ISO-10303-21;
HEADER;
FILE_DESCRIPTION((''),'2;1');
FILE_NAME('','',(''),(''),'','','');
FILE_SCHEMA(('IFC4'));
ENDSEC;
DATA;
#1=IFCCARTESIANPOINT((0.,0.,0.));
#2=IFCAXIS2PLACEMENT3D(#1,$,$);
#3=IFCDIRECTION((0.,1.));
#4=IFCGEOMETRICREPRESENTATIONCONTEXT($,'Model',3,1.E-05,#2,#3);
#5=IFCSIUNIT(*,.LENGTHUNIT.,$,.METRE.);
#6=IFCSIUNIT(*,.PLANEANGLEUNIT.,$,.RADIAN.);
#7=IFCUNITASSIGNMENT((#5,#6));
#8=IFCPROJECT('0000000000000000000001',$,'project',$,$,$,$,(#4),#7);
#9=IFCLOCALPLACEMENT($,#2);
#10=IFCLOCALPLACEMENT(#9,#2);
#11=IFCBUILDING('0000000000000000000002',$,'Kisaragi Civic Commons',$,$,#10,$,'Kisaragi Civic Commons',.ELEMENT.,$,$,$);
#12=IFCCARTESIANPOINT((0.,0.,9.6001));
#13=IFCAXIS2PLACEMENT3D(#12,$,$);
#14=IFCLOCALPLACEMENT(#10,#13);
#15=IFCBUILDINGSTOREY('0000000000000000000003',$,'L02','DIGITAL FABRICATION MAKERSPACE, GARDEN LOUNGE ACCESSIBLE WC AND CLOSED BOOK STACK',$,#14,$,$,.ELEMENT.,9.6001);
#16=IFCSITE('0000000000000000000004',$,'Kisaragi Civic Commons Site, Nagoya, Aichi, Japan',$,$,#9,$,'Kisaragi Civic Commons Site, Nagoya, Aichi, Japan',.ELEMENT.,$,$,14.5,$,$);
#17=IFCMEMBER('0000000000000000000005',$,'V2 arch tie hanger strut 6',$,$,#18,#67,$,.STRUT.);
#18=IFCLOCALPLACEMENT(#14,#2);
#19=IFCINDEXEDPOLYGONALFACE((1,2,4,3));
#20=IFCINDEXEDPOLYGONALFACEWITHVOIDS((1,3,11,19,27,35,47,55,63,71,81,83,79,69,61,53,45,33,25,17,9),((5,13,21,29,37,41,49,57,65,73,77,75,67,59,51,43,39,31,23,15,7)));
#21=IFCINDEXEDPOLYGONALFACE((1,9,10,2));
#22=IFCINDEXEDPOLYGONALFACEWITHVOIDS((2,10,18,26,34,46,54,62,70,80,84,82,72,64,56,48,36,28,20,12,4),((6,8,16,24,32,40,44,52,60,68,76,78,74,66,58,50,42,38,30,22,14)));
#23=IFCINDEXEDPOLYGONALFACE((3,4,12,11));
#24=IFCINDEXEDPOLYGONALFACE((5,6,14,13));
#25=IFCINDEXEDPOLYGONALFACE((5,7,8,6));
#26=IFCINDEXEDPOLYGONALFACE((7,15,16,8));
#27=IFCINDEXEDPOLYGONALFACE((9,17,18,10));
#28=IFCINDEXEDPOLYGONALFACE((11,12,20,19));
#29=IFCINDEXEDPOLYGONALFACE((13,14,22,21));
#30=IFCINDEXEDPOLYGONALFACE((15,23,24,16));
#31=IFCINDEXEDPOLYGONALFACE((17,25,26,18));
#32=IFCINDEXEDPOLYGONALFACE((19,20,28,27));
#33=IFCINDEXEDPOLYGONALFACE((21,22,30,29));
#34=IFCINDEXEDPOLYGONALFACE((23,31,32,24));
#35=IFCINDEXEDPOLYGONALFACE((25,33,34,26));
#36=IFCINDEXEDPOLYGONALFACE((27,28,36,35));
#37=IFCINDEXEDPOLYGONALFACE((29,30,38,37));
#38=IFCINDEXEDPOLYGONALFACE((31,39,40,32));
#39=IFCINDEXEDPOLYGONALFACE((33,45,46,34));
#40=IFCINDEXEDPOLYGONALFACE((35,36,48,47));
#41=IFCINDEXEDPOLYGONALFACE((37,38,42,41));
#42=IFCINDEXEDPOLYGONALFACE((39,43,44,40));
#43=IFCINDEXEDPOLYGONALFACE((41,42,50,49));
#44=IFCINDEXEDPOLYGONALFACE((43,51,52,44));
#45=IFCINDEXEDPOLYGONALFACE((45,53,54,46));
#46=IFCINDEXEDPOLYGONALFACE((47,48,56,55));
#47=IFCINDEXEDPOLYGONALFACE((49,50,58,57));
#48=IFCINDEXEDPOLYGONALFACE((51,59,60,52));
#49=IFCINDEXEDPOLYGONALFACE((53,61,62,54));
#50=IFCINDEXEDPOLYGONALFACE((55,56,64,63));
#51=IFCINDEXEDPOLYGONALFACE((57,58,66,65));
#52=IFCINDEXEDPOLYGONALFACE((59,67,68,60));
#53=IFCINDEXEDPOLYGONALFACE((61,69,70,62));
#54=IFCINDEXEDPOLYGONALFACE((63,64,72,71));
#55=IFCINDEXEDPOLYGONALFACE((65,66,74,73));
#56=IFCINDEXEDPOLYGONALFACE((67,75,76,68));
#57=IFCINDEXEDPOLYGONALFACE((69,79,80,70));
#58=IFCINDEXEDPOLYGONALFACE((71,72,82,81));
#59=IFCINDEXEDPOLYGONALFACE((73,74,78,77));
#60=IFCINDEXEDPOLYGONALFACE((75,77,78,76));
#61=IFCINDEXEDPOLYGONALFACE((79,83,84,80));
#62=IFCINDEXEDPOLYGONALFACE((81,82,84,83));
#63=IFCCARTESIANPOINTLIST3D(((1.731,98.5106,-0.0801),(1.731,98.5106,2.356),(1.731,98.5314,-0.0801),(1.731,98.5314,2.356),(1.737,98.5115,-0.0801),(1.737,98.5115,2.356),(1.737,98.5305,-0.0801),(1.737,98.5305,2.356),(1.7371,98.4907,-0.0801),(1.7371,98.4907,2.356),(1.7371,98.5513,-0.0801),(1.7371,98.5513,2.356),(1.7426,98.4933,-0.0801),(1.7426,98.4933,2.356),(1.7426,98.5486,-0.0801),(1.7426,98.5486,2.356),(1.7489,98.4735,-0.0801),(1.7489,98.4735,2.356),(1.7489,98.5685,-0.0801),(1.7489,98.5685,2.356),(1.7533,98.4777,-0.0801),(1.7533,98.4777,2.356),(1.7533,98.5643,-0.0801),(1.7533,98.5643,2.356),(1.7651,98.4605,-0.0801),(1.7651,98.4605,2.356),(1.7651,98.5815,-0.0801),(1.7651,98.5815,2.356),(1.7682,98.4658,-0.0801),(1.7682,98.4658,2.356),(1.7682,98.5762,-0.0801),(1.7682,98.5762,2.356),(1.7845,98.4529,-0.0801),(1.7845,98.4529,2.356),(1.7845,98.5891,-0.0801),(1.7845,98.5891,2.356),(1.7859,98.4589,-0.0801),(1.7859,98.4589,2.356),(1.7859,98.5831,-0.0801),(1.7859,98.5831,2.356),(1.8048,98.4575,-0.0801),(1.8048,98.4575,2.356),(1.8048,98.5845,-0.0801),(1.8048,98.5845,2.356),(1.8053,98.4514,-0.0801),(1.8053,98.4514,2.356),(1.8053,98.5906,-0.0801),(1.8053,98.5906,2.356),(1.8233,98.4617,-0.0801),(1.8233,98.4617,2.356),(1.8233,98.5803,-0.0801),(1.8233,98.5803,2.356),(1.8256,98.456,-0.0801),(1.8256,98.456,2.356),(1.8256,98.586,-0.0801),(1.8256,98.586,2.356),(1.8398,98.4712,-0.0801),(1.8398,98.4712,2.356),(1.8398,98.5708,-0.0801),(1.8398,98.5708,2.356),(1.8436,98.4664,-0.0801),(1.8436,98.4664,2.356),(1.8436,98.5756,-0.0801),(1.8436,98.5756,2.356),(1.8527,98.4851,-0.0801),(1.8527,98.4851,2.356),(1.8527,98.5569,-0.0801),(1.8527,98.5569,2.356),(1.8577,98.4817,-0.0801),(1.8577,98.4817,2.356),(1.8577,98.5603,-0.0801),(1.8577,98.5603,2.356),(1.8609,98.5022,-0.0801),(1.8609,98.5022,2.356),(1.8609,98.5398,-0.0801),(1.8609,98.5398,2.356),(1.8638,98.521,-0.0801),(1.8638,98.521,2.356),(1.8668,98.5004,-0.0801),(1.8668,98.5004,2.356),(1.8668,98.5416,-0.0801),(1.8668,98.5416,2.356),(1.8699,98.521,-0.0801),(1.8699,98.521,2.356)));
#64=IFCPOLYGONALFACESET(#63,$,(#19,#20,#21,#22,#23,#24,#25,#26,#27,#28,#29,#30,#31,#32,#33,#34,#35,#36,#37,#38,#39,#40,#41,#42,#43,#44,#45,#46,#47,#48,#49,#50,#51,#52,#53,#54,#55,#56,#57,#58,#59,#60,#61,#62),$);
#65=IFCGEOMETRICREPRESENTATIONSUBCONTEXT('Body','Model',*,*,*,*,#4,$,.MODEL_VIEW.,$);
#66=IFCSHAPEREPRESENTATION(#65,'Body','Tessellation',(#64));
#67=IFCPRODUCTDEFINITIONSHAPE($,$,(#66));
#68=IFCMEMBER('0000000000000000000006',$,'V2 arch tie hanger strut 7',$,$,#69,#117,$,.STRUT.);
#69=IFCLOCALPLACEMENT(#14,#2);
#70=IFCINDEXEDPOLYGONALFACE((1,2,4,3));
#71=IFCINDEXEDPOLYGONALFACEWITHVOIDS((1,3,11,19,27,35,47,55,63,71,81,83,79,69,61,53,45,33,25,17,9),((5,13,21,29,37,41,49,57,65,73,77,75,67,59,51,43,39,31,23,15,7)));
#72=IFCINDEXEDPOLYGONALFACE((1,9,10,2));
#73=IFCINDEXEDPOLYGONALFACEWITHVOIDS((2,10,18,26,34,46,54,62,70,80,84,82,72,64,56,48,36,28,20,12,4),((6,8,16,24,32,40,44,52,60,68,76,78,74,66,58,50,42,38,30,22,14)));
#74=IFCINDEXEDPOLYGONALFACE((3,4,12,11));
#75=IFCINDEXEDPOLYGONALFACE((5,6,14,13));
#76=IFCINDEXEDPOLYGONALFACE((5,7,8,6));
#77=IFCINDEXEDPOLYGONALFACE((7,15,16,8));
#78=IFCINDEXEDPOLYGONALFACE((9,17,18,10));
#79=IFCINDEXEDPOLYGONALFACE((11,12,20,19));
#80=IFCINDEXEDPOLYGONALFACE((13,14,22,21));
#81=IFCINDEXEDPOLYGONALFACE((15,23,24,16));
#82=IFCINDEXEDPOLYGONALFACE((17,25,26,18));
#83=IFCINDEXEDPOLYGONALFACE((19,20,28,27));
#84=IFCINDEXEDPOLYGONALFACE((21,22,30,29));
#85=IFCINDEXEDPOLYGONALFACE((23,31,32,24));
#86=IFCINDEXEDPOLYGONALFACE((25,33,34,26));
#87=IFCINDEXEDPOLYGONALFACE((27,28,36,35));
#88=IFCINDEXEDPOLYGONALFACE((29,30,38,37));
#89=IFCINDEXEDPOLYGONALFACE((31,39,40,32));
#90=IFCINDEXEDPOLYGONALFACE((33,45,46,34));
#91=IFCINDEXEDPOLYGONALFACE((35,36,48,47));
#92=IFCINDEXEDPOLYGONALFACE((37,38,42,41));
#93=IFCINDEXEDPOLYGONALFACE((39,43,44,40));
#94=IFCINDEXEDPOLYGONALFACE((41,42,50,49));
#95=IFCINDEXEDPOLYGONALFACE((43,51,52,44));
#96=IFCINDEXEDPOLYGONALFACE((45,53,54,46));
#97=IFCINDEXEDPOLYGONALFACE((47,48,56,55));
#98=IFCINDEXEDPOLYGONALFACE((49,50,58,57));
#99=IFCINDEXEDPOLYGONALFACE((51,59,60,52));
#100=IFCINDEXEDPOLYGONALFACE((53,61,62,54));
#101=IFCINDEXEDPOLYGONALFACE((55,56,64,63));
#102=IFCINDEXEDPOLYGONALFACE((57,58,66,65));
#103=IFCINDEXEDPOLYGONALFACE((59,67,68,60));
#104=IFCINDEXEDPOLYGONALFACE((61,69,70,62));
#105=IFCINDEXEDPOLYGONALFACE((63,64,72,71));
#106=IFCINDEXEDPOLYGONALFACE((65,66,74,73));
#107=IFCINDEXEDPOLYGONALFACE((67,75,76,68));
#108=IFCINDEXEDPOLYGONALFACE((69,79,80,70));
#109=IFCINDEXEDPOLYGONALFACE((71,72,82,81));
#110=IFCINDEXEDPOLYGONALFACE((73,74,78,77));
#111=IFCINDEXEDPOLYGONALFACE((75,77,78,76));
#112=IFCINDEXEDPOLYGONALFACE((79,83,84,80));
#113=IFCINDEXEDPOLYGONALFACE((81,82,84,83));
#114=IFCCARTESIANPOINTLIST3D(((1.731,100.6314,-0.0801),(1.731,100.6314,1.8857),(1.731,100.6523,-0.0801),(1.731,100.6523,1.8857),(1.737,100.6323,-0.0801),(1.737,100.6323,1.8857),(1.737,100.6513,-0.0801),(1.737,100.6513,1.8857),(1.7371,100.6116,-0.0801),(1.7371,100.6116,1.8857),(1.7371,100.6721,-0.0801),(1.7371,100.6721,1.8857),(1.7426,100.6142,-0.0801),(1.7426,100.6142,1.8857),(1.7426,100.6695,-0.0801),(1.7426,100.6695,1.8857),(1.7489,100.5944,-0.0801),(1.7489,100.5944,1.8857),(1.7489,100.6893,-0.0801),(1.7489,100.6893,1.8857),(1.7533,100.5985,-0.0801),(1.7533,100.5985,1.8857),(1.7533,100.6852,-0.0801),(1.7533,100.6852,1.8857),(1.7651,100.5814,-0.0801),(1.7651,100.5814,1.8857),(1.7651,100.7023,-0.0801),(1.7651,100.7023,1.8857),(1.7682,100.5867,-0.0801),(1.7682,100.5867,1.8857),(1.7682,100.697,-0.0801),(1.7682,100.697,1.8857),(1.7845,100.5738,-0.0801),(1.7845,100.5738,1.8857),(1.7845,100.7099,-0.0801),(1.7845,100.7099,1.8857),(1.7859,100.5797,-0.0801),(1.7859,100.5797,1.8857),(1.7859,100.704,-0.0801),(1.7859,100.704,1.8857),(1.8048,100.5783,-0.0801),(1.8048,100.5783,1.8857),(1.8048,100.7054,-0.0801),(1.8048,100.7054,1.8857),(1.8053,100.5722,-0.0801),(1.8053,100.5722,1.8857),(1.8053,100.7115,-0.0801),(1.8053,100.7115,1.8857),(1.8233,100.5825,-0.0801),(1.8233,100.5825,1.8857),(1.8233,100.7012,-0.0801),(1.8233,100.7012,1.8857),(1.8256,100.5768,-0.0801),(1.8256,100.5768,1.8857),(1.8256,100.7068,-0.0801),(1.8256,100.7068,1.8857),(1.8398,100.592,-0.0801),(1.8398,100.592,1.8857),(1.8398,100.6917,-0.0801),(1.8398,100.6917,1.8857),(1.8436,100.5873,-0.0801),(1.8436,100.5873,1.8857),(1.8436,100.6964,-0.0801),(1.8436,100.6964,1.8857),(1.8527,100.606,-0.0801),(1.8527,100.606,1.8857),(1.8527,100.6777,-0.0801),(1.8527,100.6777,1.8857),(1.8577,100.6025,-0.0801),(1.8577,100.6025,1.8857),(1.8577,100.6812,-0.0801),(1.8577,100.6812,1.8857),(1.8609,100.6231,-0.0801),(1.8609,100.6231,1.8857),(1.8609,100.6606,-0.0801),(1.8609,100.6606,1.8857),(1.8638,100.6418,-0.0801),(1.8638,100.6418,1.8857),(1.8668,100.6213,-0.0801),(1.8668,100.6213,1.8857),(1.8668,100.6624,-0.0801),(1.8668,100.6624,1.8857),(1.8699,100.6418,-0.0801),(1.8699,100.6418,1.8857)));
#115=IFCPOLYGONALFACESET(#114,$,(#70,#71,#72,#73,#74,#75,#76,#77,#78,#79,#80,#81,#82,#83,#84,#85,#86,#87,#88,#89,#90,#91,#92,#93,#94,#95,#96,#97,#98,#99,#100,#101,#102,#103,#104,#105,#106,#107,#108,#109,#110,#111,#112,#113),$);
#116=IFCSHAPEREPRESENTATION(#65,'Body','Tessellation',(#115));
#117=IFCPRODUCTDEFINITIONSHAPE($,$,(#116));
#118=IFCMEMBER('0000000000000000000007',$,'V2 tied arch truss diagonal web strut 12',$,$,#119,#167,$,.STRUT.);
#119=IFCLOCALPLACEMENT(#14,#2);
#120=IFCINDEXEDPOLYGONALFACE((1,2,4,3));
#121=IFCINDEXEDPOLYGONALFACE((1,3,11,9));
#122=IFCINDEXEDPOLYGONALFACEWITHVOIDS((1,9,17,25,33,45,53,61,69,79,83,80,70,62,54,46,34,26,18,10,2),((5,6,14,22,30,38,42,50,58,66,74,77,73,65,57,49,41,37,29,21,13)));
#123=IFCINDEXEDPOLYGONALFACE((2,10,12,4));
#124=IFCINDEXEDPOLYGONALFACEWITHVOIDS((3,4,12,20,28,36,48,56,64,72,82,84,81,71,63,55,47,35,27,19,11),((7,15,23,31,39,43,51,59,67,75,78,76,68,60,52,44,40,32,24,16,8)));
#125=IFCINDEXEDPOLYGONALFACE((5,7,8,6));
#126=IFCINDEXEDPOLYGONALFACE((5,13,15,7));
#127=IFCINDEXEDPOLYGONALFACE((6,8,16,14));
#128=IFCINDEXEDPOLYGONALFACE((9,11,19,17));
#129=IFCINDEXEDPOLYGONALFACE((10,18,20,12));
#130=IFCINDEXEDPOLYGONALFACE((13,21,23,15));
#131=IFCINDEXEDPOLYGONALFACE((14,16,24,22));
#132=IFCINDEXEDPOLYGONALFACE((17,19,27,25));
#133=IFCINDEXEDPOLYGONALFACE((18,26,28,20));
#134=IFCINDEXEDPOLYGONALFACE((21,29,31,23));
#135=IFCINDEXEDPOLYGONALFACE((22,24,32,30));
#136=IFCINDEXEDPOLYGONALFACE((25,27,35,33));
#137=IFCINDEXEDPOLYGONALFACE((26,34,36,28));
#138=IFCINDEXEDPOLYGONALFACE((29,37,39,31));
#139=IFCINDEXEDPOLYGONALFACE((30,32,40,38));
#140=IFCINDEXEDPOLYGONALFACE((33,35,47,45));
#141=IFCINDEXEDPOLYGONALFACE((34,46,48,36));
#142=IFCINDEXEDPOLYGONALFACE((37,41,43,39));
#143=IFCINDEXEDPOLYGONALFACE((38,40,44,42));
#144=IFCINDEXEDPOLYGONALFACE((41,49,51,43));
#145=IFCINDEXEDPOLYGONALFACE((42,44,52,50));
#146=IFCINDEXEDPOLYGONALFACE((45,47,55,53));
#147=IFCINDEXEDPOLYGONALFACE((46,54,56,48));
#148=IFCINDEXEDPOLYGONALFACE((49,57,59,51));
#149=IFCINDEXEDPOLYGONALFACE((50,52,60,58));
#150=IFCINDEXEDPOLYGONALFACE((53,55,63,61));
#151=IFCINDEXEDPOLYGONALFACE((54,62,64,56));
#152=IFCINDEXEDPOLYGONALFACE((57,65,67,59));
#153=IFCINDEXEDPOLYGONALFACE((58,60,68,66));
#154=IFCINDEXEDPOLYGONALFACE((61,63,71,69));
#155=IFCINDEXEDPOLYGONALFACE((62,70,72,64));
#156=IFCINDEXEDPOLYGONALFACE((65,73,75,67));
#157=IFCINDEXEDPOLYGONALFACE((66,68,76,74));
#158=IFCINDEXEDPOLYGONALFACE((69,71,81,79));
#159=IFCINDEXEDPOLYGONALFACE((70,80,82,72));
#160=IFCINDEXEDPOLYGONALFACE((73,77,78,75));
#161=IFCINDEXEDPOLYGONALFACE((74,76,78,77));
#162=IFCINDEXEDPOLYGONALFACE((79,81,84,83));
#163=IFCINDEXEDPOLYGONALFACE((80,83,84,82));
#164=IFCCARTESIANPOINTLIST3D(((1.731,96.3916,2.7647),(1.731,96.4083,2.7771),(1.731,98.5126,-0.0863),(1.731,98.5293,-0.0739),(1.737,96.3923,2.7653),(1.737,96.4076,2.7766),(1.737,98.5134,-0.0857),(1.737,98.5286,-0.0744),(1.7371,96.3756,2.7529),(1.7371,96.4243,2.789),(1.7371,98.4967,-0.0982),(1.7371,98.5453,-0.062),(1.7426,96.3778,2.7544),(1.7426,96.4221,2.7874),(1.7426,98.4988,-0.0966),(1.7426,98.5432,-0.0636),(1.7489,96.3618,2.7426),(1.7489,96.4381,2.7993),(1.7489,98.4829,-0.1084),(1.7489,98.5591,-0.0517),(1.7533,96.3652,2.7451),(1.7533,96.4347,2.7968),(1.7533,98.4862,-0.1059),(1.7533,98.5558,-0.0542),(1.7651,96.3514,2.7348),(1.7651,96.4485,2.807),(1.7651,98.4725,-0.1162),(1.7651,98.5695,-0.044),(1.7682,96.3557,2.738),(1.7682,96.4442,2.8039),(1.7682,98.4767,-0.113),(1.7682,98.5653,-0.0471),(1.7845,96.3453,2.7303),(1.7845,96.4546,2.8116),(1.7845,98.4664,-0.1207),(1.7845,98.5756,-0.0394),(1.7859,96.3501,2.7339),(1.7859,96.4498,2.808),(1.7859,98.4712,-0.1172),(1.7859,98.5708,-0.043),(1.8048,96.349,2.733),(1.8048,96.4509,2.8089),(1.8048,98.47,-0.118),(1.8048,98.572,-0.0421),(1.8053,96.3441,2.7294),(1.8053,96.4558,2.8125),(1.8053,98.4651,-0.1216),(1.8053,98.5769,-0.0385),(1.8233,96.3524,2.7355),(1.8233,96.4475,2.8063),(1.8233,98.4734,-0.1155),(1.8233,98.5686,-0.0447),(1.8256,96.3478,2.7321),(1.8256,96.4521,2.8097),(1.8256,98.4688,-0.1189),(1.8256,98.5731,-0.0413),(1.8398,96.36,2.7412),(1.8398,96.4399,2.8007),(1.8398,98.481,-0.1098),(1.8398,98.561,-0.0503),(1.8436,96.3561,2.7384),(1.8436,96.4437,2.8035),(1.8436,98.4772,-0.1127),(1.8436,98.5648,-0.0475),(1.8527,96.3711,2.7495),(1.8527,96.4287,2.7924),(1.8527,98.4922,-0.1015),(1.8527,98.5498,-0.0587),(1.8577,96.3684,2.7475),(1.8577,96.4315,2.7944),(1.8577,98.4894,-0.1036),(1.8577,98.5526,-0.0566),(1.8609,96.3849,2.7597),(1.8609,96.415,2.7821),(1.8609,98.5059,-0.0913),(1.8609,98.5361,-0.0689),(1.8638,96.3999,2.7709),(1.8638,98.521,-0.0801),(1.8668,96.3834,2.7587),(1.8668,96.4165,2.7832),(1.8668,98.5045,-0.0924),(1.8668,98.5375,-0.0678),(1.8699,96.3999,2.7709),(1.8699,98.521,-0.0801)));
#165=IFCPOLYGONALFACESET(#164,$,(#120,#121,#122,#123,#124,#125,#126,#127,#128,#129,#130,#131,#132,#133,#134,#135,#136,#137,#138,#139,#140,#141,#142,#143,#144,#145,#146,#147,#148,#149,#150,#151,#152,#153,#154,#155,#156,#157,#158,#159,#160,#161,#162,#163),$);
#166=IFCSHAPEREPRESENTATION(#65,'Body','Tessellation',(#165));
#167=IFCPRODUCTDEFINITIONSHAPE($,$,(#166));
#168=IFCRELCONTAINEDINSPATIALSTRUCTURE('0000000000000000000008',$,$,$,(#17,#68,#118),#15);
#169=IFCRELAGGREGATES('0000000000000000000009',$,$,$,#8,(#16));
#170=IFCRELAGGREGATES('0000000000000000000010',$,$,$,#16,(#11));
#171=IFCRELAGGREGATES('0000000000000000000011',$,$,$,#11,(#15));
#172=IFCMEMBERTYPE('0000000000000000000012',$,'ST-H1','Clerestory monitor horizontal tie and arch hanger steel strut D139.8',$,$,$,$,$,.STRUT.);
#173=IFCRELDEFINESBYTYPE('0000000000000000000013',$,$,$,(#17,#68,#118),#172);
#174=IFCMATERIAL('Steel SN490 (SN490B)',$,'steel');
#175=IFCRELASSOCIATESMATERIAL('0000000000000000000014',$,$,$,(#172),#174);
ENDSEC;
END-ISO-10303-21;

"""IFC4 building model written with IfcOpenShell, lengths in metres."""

from ifc_helpers import new_model, si_unit, direction, frame, origin, origin_2d, place, context, subcontext, project, spatial, hollow_circle, extrude, material, material_profile, profile_set, type_object, element, save


model = new_model("IFC4")

# Units and contexts
model_context = context("Model", 3, precision=1e-05, world=origin(), true_north=direction((0.0, 1.0)))
body_context = subcontext(model_context, "Body", "Model", "MODEL_VIEW")
ifc_project = project(units=[si_unit("LENGTHUNIT", "METRE"), si_unit("PLANEANGLEUNIT", "RADIAN")], contexts=[model_context])

# Site, building, storey
site_placement = place(None, origin())
site = spatial("IfcSite", under=ifc_project, at=site_placement, Name="Kisaragi Civic Commons Site, Nagoya, Aichi, Japan", LongName="Kisaragi Civic Commons Site, Nagoya, Aichi, Japan", CompositionType="ELEMENT", RefElevation=14.5)
building_placement = place(site_placement, origin())
building = spatial("IfcBuilding", under=site, at=building_placement, Name="Kisaragi Civic Commons", LongName="Kisaragi Civic Commons", CompositionType="ELEMENT")
storey_placement = place(building_placement, frame((0.0, 0.0, 9.6001)))
storey = spatial("IfcBuildingStorey", under=building, at=storey_placement, Name="L02", Description="DIGITAL FABRICATION MAKERSPACE, GARDEN LOUNGE ACCESSIBLE WC AND CLOSED BOOK STACK", CompositionType="ELEMENT", Elevation=9.6001)

# Members
ifc_material_1 = material(Name="Steel SN490 (SN490B)", Category="steel")
ifc_material_profile_1 = material_profile(ifc_material_1, hollow_circle(Radius=0.0698, WallThickness=0.0061, at=origin_2d()), Name="CHS-139.8x6.0", Category="steel")
ifc_profile_set_1 = profile_set([ifc_material_profile_1], Name="Steel SN490 (SN490B)")
member_type_1 = type_object("IfcMemberType", Name="ST-H1", Description="Clerestory monitor horizontal tie and arch hanger steel strut D139.8", PredefinedType="STRUT", material=ifc_profile_set_1)
member_1_placement = place(storey_placement, frame((1.8, 98.521, -0.0801), z_axis=(0.0, 0.0, 1.0), x_axis=(1.0, 0.0, 0.0)))
element("IfcMember", 1, at=member_1_placement, inside=storey, type_object=member_type_1, Name="V2 arch tie hanger strut 6", PredefinedType="STRUT", context=body_context, shape_type="SweptSolid", body=[
    extrude(hollow_circle(Radius=0.0698, WallThickness=0.0061, at=origin_2d()), origin(), (0.0, 0.0, 1.0), 2.436),
])
member_2_placement = place(storey_placement, frame((1.8, 100.6418, -0.0801), z_axis=(0.0, 0.0, 1.0), x_axis=(1.0, 0.0, 0.0)))
element("IfcMember", 2, at=member_2_placement, inside=storey, type_object=member_type_1, Name="V2 arch tie hanger strut 7", PredefinedType="STRUT", context=body_context, shape_type="SweptSolid", body=[
    extrude(hollow_circle(Radius=0.0698, WallThickness=0.0061, at=origin_2d()), origin(), (0.0, 0.0, 1.0), 1.9658),
])
member_3_placement = place(storey_placement, frame((1.8, 98.521, -0.0801), z_axis=(0.0, -0.596896, 0.802319), x_axis=(1.0, 0.0, 0.0)))
element("IfcMember", 3, at=member_3_placement, inside=storey, type_object=member_type_1, Name="V2 tied arch truss diagonal web strut 12", PredefinedType="STRUT", context=body_context, shape_type="SweptSolid", body=[
    extrude(hollow_circle(Radius=0.0698, WallThickness=0.0061, at=origin_2d()), origin(), (0.0, 0.0, 1.0), 3.5535),
])

save(model, "model.ifc")
